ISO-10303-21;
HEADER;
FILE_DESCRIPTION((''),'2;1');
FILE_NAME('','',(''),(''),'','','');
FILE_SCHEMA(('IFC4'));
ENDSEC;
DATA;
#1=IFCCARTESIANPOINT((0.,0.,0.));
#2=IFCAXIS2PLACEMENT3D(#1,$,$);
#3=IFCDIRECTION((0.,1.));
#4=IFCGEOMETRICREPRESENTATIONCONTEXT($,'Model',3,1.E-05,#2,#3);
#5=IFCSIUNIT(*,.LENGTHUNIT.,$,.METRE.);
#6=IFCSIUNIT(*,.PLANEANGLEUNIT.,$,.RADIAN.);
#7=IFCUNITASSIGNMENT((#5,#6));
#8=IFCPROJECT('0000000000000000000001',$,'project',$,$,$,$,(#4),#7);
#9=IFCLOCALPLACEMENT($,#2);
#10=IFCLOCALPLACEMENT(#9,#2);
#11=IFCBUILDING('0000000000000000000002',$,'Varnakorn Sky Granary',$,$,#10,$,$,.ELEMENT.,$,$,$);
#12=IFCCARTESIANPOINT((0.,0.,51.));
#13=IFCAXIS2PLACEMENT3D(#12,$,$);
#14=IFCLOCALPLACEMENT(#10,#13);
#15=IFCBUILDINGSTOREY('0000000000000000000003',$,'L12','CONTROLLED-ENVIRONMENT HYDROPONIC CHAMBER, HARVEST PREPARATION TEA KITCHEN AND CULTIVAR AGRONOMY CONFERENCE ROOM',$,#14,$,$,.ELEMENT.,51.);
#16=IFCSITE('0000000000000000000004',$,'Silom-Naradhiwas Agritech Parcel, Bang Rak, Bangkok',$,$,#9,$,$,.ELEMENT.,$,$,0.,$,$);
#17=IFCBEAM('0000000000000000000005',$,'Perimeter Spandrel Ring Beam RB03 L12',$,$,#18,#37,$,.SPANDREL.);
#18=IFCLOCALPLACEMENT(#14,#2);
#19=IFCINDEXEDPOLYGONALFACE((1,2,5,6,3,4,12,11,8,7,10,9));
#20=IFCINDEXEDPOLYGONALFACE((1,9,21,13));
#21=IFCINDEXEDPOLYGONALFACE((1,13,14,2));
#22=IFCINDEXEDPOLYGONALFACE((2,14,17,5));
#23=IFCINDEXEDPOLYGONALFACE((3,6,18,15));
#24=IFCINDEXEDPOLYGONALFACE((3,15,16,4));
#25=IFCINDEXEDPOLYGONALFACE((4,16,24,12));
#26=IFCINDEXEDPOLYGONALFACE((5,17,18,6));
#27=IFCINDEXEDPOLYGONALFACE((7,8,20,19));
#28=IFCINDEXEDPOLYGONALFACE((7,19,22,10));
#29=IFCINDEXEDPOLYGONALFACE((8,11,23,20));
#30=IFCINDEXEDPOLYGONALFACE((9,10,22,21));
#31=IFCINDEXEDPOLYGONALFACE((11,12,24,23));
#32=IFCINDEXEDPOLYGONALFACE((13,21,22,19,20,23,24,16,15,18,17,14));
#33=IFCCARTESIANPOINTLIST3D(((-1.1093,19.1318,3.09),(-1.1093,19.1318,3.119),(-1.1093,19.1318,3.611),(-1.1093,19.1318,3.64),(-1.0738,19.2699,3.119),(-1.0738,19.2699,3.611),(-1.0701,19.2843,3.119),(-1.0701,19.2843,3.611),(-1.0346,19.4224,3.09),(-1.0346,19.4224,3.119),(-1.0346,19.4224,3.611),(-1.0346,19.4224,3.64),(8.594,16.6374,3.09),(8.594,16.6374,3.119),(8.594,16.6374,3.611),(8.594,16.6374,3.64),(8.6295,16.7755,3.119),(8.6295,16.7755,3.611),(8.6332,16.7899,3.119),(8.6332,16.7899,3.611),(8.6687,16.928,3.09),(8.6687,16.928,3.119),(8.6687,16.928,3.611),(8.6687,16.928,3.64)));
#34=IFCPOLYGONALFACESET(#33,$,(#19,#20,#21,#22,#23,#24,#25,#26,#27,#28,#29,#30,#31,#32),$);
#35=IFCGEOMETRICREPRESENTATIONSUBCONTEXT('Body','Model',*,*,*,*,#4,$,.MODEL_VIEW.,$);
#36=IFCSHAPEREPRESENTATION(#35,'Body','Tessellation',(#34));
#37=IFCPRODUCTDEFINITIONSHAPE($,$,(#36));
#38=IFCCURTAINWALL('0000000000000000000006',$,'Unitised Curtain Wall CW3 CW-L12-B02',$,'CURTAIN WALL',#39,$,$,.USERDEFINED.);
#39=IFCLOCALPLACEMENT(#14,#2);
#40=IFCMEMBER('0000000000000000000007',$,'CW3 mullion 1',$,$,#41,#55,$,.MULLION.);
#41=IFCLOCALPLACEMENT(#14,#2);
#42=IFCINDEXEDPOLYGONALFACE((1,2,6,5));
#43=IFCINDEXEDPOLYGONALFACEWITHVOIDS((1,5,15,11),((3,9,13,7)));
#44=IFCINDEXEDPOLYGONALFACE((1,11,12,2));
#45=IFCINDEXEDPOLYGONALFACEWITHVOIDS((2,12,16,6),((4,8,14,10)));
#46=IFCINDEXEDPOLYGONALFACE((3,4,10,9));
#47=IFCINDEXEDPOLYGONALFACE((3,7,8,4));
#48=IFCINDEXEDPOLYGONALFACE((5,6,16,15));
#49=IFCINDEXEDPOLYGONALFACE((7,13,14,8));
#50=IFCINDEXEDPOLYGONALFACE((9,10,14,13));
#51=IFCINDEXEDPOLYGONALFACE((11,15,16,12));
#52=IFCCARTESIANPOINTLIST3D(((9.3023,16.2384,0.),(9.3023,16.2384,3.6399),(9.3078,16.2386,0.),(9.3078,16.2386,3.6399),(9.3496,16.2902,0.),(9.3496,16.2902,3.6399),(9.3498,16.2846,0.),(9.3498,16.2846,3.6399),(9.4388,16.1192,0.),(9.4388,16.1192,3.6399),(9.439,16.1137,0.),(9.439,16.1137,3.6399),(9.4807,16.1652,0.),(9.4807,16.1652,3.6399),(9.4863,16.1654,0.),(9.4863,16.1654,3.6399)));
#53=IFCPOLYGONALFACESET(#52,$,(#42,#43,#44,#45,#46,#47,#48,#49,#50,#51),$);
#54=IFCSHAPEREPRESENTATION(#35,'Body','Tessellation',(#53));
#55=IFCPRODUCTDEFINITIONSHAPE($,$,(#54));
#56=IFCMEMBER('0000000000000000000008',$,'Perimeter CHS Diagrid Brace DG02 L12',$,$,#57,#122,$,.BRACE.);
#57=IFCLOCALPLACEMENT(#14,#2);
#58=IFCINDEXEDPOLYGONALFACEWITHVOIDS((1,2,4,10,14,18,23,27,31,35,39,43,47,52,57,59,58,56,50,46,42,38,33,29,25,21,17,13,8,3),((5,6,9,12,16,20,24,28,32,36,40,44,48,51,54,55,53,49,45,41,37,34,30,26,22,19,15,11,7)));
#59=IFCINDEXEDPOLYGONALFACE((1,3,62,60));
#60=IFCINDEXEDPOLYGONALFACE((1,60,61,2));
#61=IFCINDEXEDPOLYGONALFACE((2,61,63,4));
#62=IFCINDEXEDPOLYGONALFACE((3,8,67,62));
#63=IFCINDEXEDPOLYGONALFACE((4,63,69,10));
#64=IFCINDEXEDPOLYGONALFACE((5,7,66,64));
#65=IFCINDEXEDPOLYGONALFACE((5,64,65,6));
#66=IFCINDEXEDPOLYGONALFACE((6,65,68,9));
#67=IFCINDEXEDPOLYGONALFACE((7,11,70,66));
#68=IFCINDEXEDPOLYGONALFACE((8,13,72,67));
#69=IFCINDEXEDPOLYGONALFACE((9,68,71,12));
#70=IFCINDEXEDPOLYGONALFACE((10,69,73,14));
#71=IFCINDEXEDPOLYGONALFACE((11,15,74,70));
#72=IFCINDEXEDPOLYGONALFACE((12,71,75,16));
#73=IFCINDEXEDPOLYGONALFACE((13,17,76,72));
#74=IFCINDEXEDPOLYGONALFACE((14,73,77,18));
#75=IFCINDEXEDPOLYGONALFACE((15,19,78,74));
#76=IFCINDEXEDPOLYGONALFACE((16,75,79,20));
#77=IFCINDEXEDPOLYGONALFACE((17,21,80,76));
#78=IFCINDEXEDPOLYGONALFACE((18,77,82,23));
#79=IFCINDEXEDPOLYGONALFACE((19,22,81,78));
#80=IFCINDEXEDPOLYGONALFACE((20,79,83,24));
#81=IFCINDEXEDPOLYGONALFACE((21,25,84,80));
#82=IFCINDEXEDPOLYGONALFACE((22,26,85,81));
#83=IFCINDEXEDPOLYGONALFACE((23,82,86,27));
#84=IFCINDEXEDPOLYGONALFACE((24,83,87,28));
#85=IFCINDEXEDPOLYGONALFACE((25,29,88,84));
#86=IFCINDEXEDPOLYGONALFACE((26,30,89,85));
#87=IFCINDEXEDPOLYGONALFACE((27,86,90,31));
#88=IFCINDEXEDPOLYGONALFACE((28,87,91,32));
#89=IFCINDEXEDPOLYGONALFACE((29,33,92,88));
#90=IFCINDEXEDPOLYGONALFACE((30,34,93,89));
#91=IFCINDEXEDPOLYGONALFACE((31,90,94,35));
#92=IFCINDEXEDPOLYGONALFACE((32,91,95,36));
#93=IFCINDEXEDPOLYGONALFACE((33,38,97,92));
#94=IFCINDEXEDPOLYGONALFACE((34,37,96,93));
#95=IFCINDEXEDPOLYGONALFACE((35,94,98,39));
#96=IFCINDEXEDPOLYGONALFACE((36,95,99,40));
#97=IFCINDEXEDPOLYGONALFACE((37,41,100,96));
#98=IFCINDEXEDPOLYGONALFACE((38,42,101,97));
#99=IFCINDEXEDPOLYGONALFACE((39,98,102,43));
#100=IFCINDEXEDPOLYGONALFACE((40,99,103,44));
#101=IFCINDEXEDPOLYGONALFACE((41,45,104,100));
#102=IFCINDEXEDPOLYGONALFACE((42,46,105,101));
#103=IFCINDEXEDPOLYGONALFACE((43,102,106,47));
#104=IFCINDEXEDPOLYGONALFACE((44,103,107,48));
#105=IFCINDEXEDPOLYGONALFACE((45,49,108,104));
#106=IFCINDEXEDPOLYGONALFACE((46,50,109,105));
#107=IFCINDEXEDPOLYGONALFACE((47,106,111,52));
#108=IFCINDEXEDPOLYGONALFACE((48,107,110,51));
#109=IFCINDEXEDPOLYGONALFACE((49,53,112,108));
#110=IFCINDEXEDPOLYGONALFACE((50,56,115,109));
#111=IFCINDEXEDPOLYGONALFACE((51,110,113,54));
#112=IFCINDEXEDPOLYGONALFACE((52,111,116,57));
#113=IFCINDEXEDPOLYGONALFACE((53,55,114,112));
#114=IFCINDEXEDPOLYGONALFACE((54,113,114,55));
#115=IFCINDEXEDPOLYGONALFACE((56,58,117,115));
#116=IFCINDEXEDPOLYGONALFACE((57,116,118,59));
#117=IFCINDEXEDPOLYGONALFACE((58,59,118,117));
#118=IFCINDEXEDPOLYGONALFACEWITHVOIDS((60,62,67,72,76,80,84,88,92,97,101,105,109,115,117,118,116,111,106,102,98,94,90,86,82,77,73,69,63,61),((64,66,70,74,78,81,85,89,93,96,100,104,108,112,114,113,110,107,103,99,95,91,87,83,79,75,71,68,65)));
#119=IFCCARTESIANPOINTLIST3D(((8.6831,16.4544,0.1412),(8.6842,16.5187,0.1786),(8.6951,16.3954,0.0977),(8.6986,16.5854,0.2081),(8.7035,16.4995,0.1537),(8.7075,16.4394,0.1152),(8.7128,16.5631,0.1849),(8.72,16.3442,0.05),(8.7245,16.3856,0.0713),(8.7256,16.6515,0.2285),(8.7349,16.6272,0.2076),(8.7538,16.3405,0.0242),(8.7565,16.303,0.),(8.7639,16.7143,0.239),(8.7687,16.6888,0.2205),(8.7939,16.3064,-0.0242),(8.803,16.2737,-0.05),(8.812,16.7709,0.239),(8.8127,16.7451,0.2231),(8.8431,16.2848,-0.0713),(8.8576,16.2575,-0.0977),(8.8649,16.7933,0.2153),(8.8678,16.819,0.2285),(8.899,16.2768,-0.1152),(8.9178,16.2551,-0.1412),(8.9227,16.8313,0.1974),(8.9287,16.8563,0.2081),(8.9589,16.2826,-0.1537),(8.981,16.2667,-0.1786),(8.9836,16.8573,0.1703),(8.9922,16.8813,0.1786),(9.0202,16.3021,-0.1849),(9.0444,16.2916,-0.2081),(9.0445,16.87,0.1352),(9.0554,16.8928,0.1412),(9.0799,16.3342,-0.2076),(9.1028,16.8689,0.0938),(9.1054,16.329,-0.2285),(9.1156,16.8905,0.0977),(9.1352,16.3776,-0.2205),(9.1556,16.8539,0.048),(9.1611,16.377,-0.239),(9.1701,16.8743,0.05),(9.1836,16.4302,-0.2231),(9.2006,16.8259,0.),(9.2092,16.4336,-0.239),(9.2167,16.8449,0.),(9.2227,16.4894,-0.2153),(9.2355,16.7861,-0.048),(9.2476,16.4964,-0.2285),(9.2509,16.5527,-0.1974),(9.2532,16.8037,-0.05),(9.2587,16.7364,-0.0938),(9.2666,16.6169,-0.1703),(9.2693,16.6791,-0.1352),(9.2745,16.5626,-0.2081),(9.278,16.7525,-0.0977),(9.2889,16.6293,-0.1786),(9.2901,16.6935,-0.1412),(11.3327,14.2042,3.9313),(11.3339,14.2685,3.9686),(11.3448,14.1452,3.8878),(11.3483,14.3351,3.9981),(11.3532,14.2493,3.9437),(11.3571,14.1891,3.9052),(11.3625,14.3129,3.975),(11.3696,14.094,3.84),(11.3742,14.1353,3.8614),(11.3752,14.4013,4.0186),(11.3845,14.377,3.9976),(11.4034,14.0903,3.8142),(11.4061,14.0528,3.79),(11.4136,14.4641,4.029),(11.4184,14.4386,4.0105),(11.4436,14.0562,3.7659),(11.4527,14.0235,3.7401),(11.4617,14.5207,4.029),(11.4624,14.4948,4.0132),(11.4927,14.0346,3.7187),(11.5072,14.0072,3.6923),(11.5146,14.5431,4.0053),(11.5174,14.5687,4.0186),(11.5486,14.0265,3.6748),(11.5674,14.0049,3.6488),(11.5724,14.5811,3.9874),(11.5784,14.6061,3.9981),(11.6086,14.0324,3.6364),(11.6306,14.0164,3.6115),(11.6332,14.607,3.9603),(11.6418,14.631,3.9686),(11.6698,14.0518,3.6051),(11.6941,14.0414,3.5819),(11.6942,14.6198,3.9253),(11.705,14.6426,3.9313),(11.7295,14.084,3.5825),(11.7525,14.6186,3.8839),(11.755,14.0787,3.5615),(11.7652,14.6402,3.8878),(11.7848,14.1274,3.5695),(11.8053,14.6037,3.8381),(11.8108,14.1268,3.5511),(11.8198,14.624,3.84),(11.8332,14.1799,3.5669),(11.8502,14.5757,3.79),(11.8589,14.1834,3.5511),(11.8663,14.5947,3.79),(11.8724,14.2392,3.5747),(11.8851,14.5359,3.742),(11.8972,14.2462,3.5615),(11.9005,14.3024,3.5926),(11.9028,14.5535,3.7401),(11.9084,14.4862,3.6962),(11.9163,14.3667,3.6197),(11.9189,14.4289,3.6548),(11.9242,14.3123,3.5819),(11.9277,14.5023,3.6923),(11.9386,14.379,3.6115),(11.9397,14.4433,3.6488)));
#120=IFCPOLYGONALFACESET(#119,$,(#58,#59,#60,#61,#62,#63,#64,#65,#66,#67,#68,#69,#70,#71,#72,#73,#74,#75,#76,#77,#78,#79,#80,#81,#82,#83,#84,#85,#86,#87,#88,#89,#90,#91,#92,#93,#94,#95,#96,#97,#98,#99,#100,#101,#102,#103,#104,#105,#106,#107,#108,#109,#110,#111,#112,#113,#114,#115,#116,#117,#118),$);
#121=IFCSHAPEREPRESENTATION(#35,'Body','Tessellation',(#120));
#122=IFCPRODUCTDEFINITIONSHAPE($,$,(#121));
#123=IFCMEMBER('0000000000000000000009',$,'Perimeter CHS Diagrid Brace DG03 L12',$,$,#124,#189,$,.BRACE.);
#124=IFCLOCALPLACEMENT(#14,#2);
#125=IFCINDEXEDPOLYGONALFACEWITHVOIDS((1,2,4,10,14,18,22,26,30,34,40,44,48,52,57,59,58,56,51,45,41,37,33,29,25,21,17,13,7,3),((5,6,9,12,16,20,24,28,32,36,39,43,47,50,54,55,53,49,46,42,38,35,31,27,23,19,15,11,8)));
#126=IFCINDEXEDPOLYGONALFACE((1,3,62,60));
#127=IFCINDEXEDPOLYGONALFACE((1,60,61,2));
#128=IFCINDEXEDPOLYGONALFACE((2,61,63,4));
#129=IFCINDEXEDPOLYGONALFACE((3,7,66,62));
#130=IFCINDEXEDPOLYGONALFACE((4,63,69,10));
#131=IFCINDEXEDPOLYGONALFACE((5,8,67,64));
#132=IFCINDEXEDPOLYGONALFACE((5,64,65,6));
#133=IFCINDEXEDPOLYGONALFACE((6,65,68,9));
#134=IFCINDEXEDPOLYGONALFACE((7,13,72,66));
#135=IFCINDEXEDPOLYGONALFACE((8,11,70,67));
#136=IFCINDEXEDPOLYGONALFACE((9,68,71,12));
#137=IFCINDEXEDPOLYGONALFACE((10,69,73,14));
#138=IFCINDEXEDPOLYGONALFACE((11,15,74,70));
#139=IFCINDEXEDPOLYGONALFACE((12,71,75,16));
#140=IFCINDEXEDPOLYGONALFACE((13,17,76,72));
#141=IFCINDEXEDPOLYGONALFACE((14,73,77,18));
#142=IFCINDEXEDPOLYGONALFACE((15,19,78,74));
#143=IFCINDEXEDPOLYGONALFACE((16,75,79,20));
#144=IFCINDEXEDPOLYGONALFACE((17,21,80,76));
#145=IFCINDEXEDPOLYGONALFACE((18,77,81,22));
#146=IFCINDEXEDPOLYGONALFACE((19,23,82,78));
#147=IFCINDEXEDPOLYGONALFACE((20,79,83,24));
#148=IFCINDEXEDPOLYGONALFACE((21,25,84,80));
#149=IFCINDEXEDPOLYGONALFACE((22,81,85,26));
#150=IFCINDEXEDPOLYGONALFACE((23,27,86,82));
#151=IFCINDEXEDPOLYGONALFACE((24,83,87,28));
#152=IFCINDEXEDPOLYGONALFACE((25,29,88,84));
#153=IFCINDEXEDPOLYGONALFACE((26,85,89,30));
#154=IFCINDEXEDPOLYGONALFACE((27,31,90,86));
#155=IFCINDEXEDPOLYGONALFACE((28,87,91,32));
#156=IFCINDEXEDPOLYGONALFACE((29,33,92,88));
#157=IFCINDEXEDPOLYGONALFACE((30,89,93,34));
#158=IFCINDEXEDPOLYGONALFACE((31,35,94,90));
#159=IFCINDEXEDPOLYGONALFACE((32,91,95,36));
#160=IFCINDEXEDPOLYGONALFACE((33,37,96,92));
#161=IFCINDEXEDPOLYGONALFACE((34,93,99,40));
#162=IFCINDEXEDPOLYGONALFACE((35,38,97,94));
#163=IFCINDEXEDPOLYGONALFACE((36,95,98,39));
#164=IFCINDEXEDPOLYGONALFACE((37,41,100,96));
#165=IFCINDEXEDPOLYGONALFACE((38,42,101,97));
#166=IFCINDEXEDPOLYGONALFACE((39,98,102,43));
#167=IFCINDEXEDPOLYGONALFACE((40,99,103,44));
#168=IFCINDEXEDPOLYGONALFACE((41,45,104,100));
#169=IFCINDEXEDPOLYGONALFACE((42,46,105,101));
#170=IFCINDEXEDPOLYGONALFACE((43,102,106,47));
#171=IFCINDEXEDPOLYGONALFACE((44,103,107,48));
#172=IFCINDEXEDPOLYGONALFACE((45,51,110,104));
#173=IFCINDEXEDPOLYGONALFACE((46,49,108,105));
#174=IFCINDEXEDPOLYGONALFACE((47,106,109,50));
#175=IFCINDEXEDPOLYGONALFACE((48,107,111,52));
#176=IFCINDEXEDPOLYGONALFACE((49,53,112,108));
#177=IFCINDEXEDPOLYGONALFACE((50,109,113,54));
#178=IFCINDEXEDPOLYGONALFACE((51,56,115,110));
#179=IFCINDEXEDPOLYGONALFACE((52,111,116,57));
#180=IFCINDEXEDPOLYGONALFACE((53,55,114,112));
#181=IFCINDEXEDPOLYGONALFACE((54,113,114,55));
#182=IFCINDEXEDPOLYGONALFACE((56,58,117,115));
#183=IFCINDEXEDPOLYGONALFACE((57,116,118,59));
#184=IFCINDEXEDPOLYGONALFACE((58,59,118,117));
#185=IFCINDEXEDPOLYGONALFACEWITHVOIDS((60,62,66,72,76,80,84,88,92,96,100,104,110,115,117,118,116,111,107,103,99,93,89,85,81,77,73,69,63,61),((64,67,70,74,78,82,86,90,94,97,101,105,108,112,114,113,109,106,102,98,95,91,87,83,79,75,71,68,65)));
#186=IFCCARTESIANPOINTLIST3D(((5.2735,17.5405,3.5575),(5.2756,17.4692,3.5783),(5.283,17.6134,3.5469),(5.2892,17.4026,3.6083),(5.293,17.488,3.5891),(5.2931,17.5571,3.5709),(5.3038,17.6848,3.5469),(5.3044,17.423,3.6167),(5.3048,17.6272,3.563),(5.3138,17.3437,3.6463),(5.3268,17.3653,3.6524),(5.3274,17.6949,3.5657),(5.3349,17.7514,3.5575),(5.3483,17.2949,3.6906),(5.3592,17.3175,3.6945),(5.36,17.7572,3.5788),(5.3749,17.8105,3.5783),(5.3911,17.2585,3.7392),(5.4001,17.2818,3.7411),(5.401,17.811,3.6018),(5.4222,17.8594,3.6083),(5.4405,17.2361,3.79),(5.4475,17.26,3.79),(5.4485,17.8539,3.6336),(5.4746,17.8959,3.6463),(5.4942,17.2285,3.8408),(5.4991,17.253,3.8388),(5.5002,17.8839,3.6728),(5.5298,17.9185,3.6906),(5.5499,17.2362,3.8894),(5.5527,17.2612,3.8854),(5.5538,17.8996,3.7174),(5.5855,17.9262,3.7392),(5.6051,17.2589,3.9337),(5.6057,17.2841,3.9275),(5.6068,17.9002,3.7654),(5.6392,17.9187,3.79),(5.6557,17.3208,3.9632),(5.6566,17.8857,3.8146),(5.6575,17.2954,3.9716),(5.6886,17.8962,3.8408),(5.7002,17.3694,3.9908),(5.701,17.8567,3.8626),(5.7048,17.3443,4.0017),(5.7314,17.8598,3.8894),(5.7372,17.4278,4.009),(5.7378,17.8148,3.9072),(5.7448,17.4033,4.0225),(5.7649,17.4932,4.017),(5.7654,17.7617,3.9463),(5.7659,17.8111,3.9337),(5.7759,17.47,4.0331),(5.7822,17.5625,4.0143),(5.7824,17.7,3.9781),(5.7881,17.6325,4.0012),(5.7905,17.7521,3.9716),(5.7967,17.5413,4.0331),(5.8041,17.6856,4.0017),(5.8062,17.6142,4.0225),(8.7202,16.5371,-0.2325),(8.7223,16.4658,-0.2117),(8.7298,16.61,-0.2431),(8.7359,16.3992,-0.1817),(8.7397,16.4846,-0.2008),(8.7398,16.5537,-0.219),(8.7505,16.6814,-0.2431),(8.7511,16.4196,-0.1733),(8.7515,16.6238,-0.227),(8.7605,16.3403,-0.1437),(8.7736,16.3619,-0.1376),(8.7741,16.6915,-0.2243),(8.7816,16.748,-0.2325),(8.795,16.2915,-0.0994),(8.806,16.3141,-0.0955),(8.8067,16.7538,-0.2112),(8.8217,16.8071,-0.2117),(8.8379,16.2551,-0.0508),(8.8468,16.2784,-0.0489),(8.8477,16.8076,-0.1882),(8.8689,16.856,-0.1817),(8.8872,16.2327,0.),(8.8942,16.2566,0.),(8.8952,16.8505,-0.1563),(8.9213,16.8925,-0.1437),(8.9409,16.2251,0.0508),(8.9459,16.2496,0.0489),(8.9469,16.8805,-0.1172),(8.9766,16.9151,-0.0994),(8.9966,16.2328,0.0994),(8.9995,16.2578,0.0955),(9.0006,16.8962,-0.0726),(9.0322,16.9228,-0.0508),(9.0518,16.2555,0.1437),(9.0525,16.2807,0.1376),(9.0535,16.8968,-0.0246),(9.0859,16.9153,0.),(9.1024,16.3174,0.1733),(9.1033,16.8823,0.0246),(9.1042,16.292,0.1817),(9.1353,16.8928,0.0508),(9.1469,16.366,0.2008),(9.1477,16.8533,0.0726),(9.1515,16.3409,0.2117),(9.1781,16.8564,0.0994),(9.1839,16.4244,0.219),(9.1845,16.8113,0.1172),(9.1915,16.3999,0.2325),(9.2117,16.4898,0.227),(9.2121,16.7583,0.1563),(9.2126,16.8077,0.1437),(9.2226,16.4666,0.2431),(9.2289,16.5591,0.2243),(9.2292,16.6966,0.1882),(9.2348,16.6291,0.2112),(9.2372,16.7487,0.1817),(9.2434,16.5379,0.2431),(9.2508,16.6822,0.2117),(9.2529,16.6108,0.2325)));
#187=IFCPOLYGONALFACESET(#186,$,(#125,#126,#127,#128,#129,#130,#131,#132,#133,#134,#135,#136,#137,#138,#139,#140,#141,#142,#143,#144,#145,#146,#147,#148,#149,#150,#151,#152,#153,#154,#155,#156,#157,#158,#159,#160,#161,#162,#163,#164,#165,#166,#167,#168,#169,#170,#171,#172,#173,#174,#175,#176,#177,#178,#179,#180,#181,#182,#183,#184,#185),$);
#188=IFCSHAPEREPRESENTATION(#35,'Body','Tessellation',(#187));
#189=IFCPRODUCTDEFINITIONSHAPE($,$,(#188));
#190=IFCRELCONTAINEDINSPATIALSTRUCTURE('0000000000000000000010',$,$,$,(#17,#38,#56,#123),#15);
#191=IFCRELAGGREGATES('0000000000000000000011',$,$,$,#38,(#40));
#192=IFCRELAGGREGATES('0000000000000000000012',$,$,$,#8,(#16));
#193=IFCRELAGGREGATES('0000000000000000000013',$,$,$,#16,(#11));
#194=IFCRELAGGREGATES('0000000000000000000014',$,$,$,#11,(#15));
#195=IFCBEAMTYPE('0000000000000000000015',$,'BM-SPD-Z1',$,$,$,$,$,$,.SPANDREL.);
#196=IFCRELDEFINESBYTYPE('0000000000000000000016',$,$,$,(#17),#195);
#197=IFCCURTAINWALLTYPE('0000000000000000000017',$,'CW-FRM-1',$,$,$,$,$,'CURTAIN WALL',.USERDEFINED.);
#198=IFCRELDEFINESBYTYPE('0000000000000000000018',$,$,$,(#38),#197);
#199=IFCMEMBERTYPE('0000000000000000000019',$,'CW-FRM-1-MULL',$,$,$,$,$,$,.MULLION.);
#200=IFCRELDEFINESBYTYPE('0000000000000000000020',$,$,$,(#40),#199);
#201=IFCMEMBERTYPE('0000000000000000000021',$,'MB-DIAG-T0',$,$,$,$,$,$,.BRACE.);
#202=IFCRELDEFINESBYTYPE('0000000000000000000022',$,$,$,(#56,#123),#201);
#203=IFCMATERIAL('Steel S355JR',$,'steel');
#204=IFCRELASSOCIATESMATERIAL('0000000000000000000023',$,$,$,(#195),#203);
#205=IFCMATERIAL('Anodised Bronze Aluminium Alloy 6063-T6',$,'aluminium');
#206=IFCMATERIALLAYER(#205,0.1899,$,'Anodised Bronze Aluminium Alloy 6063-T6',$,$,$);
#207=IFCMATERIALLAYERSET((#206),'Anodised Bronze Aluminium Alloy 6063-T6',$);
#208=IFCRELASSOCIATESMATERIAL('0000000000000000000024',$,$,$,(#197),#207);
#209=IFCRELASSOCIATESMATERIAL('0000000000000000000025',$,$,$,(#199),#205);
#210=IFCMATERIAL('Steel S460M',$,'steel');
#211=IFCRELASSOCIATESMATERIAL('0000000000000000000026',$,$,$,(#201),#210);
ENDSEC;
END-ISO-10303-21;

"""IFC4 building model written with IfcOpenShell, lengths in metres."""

from ifc_helpers import new_model, si_unit, direction, frame, origin, origin_2d, place, context, subcontext, project, spatial, hollow_rectangle, hollow_circle, i_section, extrude, material, layer, layer_set, material_profile, profile_set, type_object, element, aggregate, save


model = new_model("IFC4")

# Units and contexts
model_context = context("Model", 3, precision=1e-05, world=origin(), true_north=direction((0.0, 1.0)))
body_context = subcontext(model_context, "Body", "Model", "MODEL_VIEW")
ifc_project = project(units=[si_unit("LENGTHUNIT", "METRE"), si_unit("PLANEANGLEUNIT", "RADIAN")], contexts=[model_context])

# Site, building, storey
site_placement = place(None, origin())
site = spatial("IfcSite", under=ifc_project, at=site_placement, Name="Silom-Naradhiwas Agritech Parcel, Bang Rak, Bangkok", CompositionType="ELEMENT", RefElevation=0.0)
building_placement = place(site_placement, origin())
building = spatial("IfcBuilding", under=site, at=building_placement, Name="Varnakorn Sky Granary", CompositionType="ELEMENT")
storey_placement = place(building_placement, frame((0.0, 0.0, 51.0)))
storey = spatial("IfcBuildingStorey", under=building, at=storey_placement, Name="L12", Description="CONTROLLED-ENVIRONMENT HYDROPONIC CHAMBER, HARVEST PREPARATION TEA KITCHEN AND CULTIVAR AGRONOMY CONFERENCE ROOM", CompositionType="ELEMENT", Elevation=51.0)

# Shared definitions
ifc_material_1 = material(Name="Steel S460M", Category="steel")

# Beam
ifc_material_2 = material(Name="Steel S355JR", Category="steel")
ifc_material_profile_1 = material_profile(ifc_material_2, i_section(OverallWidth=0.3, OverallDepth=0.55, WebThickness=0.0149, FlangeThickness=0.0291, at=origin_2d()), Name="HE 550 B")
ifc_profile_set_1 = profile_set([ifc_material_profile_1], Name="Steel S355JR")
beam_type_1 = type_object("IfcBeamType", Name="BM-SPD-Z1", PredefinedType="SPANDREL", material=ifc_profile_set_1)
beam_1_placement = place(storey_placement, frame((8.6313, 16.7827, 3.365), z_axis=(-0.968511, 0.248969, 0.0), x_axis=(-0.248969, -0.968511, 0.0)))
element("IfcBeam", 1, at=beam_1_placement, inside=storey, type_object=beam_type_1, Name="Perimeter Spandrel Ring Beam RB03 L12", PredefinedType="SPANDREL", context=body_context, shape_type="SweptSolid", body=[
    extrude(i_section(OverallWidth=0.3, OverallDepth=0.55, WebThickness=0.0149, FlangeThickness=0.0291, at=origin_2d()), origin(), (0.0, 0.0, 1.0), 10.0188),
])

# Curtain wall, member
ifc_material_3 = material(Name="Anodised Bronze Aluminium Alloy 6063-T6", Category="aluminium")
ifc_layer_1 = layer(ifc_material_3, 0.1899, Name="Anodised Bronze Aluminium Alloy 6063-T6")
ifc_layer_set_1 = layer_set([ifc_layer_1], Name="Anodised Bronze Aluminium Alloy 6063-T6")
curtain_wall_type = type_object("IfcCurtainWallType", Name="CW-FRM-1", ElementType="CURTAIN WALL", PredefinedType="USERDEFINED", material=ifc_layer_set_1)
curtain_wall_placement = place(storey_placement, origin())
curtain_wall = element("IfcCurtainWall", 2, at=curtain_wall_placement, inside=storey, type_object=curtain_wall_type, Name="Unitised Curtain Wall CW3 CW-L12-B02", ObjectType="CURTAIN WALL", PredefinedType="USERDEFINED")
ifc_material_profile_2 = material_profile(ifc_material_3, hollow_rectangle(XDim=0.0701, YDim=0.1851, WallThickness=0.0039, at=origin_2d()), Name="ALU MULL 70x185")
ifc_profile_set_2 = profile_set([ifc_material_profile_2], Name="Anodised Bronze Aluminium Alloy 6063-T6")
member_type_1 = type_object("IfcMemberType", Name="CW-FRM-1-MULL", PredefinedType="MULLION", material=ifc_profile_set_2)
member_1_placement = place(storey_placement, frame((9.3943, 16.2019, 0.0), z_axis=(0.0, 0.0, 1.0), x_axis=(0.674049, 0.738686, 0.0)))
member_1 = element("IfcMember", 3, at=member_1_placement, type_object=member_type_1, Name="CW3 mullion 1", PredefinedType="MULLION", context=body_context, shape_type="SweptSolid", body=[
    extrude(hollow_rectangle(XDim=0.0701, YDim=0.1851, WallThickness=0.0039, at=origin_2d()), origin(), (0.0, 0.0, 1.0), 3.6399),
])
aggregate(curtain_wall, [member_1])

# Members
ifc_material_profile_3 = material_profile(ifc_material_1, hollow_circle(Radius=0.3555, WallThickness=0.0249, at=origin_2d()), Name="CHS 711x25")
ifc_profile_set_3 = profile_set([ifc_material_profile_3], Name="Steel S460M")
member_type_2 = type_object("IfcMemberType", Name="MB-DIAG-T0", PredefinedType="BRACE", material=ifc_profile_set_3)
member_2_placement = place(storey_placement, frame((8.9866, 16.574, 0.0), z_axis=(0.515214, -0.43755, 0.736956), x_axis=(0.64732, 0.762218, 0.0)))
element("IfcMember", 4, at=member_2_placement, inside=storey, type_object=member_type_2, Name="Perimeter CHS Diagrid Brace DG02 L12", PredefinedType="BRACE", context=body_context, shape_type="SweptSolid", body=[
    extrude(hollow_circle(Radius=0.3555, WallThickness=0.0249, at=origin_2d()), origin(), (0.0, 0.0, 1.0), 5.1428),
])
member_3_placement = place(storey_placement, frame((8.9866, 16.574, 0.0), z_axis=(-0.660264, 0.192215, 0.72602), x_axis=(-0.279514, -0.960142, 0.0)))
element("IfcMember", 5, at=member_3_placement, inside=storey, type_object=member_type_2, Name="Perimeter CHS Diagrid Brace DG03 L12", PredefinedType="BRACE", context=body_context, shape_type="SweptSolid", body=[
    extrude(hollow_circle(Radius=0.3555, WallThickness=0.0249, at=origin_2d()), origin(), (0.0, 0.0, 1.0), 5.2202),
])

save(model, "model.ifc")
